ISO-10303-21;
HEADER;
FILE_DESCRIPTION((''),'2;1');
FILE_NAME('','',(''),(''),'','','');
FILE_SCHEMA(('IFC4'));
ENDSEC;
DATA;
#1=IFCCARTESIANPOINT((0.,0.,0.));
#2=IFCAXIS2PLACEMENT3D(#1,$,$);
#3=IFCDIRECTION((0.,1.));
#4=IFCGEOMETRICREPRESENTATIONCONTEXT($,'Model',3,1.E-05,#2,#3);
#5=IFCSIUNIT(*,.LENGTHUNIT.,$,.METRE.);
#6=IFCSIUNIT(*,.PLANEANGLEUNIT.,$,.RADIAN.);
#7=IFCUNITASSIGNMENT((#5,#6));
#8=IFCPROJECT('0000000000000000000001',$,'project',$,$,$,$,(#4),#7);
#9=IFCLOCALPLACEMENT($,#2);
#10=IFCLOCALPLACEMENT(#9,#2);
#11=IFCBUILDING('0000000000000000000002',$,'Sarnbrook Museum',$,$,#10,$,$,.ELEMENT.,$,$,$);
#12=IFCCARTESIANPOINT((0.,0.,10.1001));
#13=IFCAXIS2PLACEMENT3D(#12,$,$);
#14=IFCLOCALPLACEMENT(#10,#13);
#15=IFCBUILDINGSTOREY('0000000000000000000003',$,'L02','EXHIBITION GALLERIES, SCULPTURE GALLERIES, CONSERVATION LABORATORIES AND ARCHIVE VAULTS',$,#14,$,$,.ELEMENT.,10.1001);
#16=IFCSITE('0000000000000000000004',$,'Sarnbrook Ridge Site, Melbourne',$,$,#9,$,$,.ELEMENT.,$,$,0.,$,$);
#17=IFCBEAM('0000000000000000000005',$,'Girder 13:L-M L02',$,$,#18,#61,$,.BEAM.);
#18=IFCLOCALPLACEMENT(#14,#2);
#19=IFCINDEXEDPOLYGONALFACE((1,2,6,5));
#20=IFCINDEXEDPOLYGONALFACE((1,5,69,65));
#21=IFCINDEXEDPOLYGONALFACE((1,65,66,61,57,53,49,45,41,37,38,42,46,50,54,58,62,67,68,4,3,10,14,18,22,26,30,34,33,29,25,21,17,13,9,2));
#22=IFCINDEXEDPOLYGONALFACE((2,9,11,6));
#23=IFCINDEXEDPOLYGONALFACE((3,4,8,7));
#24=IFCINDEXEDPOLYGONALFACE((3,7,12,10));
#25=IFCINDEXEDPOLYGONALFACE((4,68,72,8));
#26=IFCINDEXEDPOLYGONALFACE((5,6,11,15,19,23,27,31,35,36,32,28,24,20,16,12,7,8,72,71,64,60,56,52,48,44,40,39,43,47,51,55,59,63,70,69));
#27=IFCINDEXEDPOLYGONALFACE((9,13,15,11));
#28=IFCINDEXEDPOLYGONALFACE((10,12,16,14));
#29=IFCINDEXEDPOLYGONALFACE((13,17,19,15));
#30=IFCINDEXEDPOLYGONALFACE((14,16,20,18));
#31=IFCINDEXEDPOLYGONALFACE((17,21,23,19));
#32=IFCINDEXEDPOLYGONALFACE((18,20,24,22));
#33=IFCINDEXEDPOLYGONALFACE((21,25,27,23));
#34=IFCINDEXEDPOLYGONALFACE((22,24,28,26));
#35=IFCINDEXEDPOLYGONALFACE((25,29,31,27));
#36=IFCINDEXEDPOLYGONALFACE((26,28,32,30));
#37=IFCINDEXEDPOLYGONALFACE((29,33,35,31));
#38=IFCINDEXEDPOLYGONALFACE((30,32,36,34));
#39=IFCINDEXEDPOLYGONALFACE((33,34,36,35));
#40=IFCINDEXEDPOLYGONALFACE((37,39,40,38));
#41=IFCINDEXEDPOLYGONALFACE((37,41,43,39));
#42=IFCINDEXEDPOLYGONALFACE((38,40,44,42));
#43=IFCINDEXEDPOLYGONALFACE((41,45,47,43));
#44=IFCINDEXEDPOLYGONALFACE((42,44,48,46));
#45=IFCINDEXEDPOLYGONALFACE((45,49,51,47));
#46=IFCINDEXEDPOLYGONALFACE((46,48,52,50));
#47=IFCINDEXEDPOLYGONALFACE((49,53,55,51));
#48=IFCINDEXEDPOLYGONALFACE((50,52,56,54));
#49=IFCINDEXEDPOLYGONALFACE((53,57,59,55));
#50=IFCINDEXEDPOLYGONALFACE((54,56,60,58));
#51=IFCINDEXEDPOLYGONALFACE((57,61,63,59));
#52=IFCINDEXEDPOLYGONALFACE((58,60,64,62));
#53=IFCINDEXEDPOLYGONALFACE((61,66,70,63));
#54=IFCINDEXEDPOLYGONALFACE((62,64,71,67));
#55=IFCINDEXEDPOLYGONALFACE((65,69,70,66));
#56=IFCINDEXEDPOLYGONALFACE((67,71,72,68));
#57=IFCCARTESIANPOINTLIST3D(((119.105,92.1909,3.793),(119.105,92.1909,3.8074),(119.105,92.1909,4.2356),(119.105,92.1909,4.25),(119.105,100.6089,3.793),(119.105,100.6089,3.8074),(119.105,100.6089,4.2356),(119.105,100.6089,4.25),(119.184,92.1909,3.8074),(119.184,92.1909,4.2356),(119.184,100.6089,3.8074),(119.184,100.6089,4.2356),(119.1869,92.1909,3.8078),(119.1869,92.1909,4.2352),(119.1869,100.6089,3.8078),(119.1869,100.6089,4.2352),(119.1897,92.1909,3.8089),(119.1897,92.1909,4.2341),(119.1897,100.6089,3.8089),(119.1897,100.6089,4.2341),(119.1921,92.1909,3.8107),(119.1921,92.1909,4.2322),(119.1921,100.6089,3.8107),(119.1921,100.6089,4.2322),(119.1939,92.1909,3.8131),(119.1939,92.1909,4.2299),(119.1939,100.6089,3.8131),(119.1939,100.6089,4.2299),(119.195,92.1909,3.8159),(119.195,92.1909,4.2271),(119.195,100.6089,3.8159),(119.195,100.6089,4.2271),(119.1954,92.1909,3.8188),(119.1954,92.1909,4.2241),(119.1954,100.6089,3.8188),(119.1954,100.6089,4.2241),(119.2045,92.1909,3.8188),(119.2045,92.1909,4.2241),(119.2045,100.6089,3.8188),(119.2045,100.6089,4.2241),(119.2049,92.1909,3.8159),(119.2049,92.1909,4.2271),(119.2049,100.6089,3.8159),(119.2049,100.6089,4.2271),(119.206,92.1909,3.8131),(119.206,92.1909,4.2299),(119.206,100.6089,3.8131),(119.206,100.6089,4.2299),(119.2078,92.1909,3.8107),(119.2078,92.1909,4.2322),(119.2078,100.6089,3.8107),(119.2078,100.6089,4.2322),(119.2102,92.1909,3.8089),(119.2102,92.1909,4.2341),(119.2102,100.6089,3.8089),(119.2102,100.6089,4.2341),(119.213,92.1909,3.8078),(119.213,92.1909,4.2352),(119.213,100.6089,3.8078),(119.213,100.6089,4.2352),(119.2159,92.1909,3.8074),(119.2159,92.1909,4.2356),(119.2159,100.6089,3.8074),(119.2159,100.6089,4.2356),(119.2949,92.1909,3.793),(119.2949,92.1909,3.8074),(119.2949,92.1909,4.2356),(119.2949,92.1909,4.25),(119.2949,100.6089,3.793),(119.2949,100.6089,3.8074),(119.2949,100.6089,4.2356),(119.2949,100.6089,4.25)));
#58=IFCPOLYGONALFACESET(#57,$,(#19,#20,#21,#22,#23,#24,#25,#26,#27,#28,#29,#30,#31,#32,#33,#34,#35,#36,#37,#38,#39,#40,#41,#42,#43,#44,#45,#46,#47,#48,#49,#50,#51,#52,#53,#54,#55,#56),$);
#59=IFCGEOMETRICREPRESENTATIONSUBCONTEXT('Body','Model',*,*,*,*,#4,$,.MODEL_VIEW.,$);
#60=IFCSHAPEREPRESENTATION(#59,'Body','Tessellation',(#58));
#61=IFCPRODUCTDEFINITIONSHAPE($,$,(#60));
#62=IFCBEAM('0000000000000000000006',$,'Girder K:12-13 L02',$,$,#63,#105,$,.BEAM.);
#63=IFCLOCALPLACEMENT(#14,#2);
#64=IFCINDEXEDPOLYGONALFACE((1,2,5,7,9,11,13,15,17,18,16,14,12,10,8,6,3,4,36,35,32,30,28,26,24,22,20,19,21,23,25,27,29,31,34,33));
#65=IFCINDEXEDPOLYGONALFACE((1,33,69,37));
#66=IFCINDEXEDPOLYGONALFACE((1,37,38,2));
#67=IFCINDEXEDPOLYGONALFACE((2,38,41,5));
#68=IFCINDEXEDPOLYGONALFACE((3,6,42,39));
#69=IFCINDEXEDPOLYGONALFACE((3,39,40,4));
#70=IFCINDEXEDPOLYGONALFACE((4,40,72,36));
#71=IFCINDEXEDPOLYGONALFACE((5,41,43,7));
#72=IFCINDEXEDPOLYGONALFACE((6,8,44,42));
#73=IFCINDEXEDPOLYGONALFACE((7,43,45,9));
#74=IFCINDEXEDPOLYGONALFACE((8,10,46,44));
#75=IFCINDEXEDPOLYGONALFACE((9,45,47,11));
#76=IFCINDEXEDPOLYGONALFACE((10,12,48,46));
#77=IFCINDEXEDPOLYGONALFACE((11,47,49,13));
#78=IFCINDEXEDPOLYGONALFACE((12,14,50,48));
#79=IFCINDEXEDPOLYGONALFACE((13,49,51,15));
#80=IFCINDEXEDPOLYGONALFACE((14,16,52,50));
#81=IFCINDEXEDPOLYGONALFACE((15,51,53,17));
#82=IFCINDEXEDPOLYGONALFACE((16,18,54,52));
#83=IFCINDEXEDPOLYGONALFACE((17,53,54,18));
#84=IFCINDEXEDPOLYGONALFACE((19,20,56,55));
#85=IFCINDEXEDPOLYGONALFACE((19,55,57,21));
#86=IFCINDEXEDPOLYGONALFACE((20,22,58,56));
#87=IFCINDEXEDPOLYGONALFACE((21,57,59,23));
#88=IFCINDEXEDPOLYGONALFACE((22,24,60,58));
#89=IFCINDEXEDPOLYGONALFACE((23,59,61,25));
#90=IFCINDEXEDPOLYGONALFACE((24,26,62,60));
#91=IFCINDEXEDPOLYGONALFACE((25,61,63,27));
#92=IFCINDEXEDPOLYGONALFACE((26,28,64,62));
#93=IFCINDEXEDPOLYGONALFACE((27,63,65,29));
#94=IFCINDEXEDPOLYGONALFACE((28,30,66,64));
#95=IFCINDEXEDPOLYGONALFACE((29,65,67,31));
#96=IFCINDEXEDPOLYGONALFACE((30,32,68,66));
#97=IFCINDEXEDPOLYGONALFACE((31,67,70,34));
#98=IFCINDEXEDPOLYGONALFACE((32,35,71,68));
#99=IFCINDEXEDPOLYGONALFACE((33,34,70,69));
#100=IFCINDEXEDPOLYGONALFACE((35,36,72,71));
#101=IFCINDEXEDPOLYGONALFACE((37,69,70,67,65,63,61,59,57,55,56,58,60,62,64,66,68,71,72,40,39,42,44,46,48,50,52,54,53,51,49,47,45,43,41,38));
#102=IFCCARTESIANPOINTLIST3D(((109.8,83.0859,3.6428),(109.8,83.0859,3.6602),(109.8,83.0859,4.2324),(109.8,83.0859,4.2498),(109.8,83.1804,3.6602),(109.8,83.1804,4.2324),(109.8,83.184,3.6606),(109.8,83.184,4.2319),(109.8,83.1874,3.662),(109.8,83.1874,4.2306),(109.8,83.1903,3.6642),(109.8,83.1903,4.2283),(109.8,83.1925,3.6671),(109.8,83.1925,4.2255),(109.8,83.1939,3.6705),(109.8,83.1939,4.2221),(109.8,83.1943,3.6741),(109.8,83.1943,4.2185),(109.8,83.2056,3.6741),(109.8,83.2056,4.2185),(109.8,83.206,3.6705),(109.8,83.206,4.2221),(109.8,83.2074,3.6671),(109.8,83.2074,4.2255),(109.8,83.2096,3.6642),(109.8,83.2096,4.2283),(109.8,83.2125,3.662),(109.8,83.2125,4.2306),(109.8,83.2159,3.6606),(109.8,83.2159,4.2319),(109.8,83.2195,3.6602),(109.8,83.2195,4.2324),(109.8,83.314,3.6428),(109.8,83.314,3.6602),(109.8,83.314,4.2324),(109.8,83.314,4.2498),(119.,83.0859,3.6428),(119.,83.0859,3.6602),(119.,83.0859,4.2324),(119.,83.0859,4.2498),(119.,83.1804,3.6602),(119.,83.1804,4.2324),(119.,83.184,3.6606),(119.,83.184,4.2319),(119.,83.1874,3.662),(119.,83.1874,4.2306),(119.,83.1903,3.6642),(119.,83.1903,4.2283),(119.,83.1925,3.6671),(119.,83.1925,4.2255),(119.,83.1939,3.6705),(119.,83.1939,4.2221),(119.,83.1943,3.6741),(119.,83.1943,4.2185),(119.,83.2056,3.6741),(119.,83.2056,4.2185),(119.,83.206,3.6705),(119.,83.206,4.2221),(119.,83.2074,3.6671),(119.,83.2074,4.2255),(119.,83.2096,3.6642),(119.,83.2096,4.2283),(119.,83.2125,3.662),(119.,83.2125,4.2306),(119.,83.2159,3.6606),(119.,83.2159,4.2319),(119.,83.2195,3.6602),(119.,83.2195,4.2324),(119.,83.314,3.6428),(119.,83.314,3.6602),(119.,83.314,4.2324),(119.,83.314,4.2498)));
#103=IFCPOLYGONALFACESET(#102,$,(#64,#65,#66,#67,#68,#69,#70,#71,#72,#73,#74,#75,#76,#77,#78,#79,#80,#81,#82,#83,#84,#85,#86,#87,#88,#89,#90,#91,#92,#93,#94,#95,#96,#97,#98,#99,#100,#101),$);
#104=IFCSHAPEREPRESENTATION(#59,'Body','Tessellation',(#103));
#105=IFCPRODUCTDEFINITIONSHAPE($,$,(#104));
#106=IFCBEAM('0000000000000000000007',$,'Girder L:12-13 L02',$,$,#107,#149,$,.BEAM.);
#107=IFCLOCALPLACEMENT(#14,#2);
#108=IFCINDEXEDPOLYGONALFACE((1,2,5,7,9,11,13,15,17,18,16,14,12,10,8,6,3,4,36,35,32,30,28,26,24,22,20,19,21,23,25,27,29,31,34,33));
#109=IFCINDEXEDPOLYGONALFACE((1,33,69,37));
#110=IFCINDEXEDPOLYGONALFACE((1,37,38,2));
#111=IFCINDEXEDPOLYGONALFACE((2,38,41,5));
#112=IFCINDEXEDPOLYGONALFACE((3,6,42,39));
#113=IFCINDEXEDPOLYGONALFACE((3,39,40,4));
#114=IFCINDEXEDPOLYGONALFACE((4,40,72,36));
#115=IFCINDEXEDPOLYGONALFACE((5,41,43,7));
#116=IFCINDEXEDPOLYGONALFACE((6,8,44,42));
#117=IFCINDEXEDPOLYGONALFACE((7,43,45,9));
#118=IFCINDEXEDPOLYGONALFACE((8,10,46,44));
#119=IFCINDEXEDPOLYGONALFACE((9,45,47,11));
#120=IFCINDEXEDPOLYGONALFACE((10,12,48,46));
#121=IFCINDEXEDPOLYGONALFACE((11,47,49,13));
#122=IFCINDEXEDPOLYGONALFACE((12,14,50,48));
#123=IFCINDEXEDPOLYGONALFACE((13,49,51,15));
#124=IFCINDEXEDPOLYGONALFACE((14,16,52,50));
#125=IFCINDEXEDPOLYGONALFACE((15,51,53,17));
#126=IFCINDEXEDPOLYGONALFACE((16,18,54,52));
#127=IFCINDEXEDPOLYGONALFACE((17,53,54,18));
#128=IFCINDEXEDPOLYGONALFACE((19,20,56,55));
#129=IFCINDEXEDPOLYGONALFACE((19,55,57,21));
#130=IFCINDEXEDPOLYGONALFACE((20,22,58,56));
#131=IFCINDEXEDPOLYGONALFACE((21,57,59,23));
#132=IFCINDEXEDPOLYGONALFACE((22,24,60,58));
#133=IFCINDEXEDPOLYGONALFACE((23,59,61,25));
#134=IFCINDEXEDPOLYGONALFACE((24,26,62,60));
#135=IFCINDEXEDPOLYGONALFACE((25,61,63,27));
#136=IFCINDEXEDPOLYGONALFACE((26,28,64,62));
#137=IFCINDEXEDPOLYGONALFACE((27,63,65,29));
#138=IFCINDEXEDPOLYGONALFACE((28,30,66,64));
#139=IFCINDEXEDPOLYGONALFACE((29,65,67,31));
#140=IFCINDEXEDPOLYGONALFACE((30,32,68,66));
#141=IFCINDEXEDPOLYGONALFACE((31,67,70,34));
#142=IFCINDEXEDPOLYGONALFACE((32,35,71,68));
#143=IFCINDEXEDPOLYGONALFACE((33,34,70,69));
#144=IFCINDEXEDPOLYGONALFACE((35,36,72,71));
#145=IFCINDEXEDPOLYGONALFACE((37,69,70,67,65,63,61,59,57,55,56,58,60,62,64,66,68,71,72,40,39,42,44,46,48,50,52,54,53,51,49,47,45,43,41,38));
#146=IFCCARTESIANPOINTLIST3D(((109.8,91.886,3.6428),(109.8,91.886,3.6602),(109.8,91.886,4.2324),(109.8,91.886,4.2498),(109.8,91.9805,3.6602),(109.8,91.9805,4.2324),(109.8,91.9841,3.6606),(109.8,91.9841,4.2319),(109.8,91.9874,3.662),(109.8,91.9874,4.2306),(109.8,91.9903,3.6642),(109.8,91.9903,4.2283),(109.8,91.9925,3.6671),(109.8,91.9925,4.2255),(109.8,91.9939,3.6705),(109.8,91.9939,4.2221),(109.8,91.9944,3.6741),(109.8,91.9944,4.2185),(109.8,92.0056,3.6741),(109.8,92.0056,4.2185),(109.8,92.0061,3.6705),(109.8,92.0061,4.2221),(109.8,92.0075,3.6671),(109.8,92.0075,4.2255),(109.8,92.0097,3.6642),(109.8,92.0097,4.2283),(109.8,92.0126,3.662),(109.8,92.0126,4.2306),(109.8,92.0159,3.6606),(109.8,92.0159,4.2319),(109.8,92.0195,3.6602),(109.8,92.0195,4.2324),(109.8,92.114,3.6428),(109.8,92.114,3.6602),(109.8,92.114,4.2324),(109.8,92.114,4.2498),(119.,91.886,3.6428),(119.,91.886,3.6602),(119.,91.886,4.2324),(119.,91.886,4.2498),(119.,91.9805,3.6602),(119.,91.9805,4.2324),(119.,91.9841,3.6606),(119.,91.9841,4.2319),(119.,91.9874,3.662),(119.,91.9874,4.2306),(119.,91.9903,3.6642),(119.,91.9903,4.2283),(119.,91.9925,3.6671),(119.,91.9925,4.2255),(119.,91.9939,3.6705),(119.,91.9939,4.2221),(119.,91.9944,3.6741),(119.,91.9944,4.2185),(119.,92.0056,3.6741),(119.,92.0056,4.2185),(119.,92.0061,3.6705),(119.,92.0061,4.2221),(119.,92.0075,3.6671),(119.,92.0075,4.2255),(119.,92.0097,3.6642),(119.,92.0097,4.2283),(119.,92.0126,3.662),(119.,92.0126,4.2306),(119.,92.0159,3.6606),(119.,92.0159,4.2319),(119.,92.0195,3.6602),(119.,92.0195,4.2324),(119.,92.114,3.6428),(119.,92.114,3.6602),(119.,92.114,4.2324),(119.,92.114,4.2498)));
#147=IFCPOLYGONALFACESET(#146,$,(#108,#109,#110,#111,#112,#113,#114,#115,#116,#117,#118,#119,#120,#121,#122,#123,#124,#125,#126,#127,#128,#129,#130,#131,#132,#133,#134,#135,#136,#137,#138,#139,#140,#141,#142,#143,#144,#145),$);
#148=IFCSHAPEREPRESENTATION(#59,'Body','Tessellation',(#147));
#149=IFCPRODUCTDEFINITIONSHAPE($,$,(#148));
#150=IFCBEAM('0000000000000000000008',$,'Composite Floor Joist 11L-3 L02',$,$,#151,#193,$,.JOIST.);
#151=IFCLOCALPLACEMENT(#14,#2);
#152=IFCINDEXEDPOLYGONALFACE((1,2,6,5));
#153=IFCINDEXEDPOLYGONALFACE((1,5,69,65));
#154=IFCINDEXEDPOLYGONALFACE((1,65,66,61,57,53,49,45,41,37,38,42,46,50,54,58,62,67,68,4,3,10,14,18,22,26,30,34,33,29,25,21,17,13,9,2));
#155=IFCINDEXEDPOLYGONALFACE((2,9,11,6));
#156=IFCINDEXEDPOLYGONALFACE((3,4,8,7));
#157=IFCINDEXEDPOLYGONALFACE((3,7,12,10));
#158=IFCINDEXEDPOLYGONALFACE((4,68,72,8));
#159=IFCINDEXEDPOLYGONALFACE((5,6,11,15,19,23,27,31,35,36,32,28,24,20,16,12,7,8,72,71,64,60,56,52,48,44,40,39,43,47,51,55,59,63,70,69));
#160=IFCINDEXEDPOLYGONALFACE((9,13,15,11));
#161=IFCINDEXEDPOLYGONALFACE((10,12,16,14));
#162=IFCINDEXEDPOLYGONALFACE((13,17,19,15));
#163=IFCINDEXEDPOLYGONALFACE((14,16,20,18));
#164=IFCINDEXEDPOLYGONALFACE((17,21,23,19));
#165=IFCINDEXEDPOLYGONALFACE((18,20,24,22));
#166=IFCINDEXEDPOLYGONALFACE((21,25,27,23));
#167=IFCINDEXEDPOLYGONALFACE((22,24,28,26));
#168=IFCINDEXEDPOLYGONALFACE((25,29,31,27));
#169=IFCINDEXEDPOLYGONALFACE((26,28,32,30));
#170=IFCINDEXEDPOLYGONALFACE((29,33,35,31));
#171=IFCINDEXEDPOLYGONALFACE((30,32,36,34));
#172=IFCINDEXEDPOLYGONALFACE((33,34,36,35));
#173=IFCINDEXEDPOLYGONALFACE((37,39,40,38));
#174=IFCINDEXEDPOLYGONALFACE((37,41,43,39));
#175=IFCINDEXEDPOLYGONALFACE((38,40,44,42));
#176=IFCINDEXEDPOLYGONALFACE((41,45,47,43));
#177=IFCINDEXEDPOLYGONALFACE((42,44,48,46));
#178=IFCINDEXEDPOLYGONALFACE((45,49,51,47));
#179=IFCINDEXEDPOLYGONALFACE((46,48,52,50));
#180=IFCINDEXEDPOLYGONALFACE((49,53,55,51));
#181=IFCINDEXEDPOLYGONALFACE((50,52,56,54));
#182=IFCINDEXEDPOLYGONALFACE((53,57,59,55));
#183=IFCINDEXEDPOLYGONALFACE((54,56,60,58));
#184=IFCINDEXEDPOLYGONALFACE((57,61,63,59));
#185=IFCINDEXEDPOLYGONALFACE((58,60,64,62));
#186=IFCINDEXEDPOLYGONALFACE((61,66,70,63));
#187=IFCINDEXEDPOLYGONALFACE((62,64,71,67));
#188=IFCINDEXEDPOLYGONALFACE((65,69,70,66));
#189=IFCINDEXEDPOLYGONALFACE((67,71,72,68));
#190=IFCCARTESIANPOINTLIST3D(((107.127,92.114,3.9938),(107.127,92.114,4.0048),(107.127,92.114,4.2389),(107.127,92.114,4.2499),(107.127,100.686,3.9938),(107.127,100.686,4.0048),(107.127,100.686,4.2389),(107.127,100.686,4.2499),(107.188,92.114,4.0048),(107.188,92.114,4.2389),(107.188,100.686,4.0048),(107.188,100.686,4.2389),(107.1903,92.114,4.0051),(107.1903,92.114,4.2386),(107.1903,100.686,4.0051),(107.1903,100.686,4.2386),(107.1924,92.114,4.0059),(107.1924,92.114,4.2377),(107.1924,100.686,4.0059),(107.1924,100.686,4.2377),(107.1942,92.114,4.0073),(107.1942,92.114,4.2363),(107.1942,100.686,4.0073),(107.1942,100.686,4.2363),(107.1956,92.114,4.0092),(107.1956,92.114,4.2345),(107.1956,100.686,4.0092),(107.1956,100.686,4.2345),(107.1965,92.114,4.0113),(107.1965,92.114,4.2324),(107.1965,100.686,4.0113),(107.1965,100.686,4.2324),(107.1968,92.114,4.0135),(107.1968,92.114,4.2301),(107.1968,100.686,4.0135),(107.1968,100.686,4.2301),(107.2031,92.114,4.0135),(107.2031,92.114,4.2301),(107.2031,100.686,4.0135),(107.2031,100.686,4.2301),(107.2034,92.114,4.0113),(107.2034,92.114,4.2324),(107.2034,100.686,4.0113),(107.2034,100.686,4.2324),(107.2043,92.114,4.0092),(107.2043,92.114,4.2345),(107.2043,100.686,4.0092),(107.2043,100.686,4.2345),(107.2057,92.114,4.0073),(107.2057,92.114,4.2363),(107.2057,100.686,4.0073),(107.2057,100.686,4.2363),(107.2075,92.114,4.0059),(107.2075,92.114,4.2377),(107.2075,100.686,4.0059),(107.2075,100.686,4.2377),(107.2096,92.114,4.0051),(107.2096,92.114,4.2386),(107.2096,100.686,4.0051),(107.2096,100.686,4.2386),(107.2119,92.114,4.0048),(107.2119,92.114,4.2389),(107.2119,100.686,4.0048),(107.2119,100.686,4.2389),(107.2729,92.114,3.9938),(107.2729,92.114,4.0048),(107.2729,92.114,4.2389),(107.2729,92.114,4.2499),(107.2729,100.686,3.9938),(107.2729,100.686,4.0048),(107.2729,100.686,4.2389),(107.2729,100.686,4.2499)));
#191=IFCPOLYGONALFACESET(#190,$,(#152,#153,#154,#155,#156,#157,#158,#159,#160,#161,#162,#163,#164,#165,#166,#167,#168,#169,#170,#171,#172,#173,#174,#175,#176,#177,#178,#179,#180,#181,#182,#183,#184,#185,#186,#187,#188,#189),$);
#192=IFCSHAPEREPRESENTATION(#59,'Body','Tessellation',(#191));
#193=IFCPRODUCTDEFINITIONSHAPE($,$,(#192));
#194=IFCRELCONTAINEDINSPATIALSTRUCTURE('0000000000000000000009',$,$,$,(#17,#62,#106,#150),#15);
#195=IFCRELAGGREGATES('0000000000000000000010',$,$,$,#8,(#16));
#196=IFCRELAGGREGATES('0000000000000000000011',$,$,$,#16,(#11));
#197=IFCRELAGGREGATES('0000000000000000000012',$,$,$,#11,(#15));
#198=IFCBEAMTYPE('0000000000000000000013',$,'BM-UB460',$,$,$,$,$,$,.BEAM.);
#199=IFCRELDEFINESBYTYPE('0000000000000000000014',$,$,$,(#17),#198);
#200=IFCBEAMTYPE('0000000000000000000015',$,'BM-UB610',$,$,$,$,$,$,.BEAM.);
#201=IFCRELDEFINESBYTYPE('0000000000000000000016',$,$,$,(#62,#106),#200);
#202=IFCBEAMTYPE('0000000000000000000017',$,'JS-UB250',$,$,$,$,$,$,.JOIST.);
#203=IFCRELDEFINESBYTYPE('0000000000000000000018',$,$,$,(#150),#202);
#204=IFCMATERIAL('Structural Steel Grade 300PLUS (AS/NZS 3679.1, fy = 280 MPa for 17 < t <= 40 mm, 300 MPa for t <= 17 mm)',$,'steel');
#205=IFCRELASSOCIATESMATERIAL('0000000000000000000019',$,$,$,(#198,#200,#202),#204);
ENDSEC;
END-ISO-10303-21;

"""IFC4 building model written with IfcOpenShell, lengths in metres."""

from ifc_helpers import new_model, si_unit, direction, frame, origin, origin_2d, place, context, subcontext, project, spatial, i_section, extrude, material, material_profile, profile_set, type_object, element, save


model = new_model("IFC4")

# Units and contexts
model_context = context("Model", 3, precision=1e-05, world=origin(), true_north=direction((0.0, 1.0)))
body_context = subcontext(model_context, "Body", "Model", "MODEL_VIEW")
ifc_project = project(units=[si_unit("LENGTHUNIT", "METRE"), si_unit("PLANEANGLEUNIT", "RADIAN")], contexts=[model_context])

# Site, building, storey
site_placement = place(None, origin())
site = spatial("IfcSite", under=ifc_project, at=site_placement, Name="Sarnbrook Ridge Site, Melbourne", CompositionType="ELEMENT", RefElevation=0.0)
building_placement = place(site_placement, origin())
building = spatial("IfcBuilding", under=site, at=building_placement, Name="Sarnbrook Museum", CompositionType="ELEMENT")
storey_placement = place(building_placement, frame((0.0, 0.0, 10.1001)))
storey = spatial("IfcBuildingStorey", under=building, at=storey_placement, Name="L02", Description="EXHIBITION GALLERIES, SCULPTURE GALLERIES, CONSERVATION LABORATORIES AND ARCHIVE VAULTS", CompositionType="ELEMENT", Elevation=10.1001)

# Beams
ifc_material_1 = material(Name="Structural Steel Grade 300PLUS (AS/NZS 3679.1, fy = 280 MPa for 17 < t <= 40 mm, 300 MPa for t <= 17 mm)", Category="steel")
ifc_material_profile_1 = material_profile(ifc_material_1, i_section(OverallWidth=0.1899, OverallDepth=0.457, WebThickness=0.009, FlangeThickness=0.0144, FilletRadius=0.0115, at=origin_2d()), Name="460UB74.6")
ifc_profile_set_1 = profile_set([ifc_material_profile_1], Name="Structural Steel Grade 300PLUS (AS/NZS 3679.1, fy = 280 MPa for 17 < t <= 40 mm, 300 MPa for t <= 17 mm)")
beam_type_1 = type_object("IfcBeamType", Name="BM-UB460", PredefinedType="BEAM", material=ifc_profile_set_1)
for number, where, z_axis, x_axis, name in (
    (1, (119.2, 92.1909, 4.0215), (0.0, 1.0, 0.0), (-1.0, 0.0, 0.0), "Girder 13:L-M L02"),
):
    element("IfcBeam", number, at=place(storey_placement, frame(where, z_axis=z_axis, x_axis=x_axis)), inside=storey, type_object=beam_type_1, Name=name, PredefinedType="BEAM", context=body_context, shape_type="SweptSolid", body=[
        extrude(i_section(OverallWidth=0.1899, OverallDepth=0.457, WebThickness=0.009, FlangeThickness=0.0144, FilletRadius=0.0115, at=origin_2d()), origin(), (0.0, 0.0, 1.0), 8.418),
    ])
ifc_material_profile_2 = material_profile(ifc_material_1, i_section(OverallWidth=0.228, OverallDepth=0.6069, WebThickness=0.0112, FlangeThickness=0.0173, FilletRadius=0.0139, at=origin_2d()), Name="610UB113")
ifc_profile_set_2 = profile_set([ifc_material_profile_2], Name="Structural Steel Grade 300PLUS (AS/NZS 3679.1, fy = 280 MPa for 17 < t <= 40 mm, 300 MPa for t <= 17 mm)")
beam_type_2 = type_object("IfcBeamType", Name="BM-UB610", PredefinedType="BEAM", material=ifc_profile_set_2)
for number, where, z_axis, x_axis, name in (
    (2, (109.8, 83.2, 3.9463), (1.0, 0.0, 0.0), (0.0, 1.0, 0.0), "Girder K:12-13 L02"),
    (3, (109.8, 92.0, 3.9463), (1.0, 0.0, 0.0), (0.0, 1.0, 0.0), "Girder L:12-13 L02"),
):
    element("IfcBeam", number, at=place(storey_placement, frame(where, z_axis=z_axis, x_axis=x_axis)), inside=storey, type_object=beam_type_2, Name=name, PredefinedType="BEAM", context=body_context, shape_type="SweptSolid", body=[
        extrude(i_section(OverallWidth=0.228, OverallDepth=0.6069, WebThickness=0.0112, FlangeThickness=0.0173, FilletRadius=0.0139, at=origin_2d()), origin(), (0.0, 0.0, 1.0), 9.2),
    ])
ifc_material_profile_3 = material_profile(ifc_material_1, i_section(OverallWidth=0.146, OverallDepth=0.2561, WebThickness=0.0063, FlangeThickness=0.011, FilletRadius=0.0088, at=origin_2d()), Name="250UB37.3")
ifc_profile_set_3 = profile_set([ifc_material_profile_3], Name="Structural Steel Grade 300PLUS (AS/NZS 3679.1, fy = 280 MPa for 17 < t <= 40 mm, 300 MPa for t <= 17 mm)")
beam_type_3 = type_object("IfcBeamType", Name="JS-UB250", PredefinedType="JOIST", material=ifc_profile_set_3)
for number, where, z_axis, x_axis, name in (
    (4, (107.2, 92.114, 4.1218), (0.0, 1.0, 0.0), (-1.0, 0.0, 0.0), "Composite Floor Joist 11L-3 L02"),
):
    element("IfcBeam", number, at=place(storey_placement, frame(where, z_axis=z_axis, x_axis=x_axis)), inside=storey, type_object=beam_type_3, Name=name, PredefinedType="JOIST", context=body_context, shape_type="SweptSolid", body=[
        extrude(i_section(OverallWidth=0.146, OverallDepth=0.2561, WebThickness=0.0063, FlangeThickness=0.011, FilletRadius=0.0088, at=origin_2d()), origin(), (0.0, 0.0, 1.0), 8.572),
    ])

save(model, "model.ifc")
